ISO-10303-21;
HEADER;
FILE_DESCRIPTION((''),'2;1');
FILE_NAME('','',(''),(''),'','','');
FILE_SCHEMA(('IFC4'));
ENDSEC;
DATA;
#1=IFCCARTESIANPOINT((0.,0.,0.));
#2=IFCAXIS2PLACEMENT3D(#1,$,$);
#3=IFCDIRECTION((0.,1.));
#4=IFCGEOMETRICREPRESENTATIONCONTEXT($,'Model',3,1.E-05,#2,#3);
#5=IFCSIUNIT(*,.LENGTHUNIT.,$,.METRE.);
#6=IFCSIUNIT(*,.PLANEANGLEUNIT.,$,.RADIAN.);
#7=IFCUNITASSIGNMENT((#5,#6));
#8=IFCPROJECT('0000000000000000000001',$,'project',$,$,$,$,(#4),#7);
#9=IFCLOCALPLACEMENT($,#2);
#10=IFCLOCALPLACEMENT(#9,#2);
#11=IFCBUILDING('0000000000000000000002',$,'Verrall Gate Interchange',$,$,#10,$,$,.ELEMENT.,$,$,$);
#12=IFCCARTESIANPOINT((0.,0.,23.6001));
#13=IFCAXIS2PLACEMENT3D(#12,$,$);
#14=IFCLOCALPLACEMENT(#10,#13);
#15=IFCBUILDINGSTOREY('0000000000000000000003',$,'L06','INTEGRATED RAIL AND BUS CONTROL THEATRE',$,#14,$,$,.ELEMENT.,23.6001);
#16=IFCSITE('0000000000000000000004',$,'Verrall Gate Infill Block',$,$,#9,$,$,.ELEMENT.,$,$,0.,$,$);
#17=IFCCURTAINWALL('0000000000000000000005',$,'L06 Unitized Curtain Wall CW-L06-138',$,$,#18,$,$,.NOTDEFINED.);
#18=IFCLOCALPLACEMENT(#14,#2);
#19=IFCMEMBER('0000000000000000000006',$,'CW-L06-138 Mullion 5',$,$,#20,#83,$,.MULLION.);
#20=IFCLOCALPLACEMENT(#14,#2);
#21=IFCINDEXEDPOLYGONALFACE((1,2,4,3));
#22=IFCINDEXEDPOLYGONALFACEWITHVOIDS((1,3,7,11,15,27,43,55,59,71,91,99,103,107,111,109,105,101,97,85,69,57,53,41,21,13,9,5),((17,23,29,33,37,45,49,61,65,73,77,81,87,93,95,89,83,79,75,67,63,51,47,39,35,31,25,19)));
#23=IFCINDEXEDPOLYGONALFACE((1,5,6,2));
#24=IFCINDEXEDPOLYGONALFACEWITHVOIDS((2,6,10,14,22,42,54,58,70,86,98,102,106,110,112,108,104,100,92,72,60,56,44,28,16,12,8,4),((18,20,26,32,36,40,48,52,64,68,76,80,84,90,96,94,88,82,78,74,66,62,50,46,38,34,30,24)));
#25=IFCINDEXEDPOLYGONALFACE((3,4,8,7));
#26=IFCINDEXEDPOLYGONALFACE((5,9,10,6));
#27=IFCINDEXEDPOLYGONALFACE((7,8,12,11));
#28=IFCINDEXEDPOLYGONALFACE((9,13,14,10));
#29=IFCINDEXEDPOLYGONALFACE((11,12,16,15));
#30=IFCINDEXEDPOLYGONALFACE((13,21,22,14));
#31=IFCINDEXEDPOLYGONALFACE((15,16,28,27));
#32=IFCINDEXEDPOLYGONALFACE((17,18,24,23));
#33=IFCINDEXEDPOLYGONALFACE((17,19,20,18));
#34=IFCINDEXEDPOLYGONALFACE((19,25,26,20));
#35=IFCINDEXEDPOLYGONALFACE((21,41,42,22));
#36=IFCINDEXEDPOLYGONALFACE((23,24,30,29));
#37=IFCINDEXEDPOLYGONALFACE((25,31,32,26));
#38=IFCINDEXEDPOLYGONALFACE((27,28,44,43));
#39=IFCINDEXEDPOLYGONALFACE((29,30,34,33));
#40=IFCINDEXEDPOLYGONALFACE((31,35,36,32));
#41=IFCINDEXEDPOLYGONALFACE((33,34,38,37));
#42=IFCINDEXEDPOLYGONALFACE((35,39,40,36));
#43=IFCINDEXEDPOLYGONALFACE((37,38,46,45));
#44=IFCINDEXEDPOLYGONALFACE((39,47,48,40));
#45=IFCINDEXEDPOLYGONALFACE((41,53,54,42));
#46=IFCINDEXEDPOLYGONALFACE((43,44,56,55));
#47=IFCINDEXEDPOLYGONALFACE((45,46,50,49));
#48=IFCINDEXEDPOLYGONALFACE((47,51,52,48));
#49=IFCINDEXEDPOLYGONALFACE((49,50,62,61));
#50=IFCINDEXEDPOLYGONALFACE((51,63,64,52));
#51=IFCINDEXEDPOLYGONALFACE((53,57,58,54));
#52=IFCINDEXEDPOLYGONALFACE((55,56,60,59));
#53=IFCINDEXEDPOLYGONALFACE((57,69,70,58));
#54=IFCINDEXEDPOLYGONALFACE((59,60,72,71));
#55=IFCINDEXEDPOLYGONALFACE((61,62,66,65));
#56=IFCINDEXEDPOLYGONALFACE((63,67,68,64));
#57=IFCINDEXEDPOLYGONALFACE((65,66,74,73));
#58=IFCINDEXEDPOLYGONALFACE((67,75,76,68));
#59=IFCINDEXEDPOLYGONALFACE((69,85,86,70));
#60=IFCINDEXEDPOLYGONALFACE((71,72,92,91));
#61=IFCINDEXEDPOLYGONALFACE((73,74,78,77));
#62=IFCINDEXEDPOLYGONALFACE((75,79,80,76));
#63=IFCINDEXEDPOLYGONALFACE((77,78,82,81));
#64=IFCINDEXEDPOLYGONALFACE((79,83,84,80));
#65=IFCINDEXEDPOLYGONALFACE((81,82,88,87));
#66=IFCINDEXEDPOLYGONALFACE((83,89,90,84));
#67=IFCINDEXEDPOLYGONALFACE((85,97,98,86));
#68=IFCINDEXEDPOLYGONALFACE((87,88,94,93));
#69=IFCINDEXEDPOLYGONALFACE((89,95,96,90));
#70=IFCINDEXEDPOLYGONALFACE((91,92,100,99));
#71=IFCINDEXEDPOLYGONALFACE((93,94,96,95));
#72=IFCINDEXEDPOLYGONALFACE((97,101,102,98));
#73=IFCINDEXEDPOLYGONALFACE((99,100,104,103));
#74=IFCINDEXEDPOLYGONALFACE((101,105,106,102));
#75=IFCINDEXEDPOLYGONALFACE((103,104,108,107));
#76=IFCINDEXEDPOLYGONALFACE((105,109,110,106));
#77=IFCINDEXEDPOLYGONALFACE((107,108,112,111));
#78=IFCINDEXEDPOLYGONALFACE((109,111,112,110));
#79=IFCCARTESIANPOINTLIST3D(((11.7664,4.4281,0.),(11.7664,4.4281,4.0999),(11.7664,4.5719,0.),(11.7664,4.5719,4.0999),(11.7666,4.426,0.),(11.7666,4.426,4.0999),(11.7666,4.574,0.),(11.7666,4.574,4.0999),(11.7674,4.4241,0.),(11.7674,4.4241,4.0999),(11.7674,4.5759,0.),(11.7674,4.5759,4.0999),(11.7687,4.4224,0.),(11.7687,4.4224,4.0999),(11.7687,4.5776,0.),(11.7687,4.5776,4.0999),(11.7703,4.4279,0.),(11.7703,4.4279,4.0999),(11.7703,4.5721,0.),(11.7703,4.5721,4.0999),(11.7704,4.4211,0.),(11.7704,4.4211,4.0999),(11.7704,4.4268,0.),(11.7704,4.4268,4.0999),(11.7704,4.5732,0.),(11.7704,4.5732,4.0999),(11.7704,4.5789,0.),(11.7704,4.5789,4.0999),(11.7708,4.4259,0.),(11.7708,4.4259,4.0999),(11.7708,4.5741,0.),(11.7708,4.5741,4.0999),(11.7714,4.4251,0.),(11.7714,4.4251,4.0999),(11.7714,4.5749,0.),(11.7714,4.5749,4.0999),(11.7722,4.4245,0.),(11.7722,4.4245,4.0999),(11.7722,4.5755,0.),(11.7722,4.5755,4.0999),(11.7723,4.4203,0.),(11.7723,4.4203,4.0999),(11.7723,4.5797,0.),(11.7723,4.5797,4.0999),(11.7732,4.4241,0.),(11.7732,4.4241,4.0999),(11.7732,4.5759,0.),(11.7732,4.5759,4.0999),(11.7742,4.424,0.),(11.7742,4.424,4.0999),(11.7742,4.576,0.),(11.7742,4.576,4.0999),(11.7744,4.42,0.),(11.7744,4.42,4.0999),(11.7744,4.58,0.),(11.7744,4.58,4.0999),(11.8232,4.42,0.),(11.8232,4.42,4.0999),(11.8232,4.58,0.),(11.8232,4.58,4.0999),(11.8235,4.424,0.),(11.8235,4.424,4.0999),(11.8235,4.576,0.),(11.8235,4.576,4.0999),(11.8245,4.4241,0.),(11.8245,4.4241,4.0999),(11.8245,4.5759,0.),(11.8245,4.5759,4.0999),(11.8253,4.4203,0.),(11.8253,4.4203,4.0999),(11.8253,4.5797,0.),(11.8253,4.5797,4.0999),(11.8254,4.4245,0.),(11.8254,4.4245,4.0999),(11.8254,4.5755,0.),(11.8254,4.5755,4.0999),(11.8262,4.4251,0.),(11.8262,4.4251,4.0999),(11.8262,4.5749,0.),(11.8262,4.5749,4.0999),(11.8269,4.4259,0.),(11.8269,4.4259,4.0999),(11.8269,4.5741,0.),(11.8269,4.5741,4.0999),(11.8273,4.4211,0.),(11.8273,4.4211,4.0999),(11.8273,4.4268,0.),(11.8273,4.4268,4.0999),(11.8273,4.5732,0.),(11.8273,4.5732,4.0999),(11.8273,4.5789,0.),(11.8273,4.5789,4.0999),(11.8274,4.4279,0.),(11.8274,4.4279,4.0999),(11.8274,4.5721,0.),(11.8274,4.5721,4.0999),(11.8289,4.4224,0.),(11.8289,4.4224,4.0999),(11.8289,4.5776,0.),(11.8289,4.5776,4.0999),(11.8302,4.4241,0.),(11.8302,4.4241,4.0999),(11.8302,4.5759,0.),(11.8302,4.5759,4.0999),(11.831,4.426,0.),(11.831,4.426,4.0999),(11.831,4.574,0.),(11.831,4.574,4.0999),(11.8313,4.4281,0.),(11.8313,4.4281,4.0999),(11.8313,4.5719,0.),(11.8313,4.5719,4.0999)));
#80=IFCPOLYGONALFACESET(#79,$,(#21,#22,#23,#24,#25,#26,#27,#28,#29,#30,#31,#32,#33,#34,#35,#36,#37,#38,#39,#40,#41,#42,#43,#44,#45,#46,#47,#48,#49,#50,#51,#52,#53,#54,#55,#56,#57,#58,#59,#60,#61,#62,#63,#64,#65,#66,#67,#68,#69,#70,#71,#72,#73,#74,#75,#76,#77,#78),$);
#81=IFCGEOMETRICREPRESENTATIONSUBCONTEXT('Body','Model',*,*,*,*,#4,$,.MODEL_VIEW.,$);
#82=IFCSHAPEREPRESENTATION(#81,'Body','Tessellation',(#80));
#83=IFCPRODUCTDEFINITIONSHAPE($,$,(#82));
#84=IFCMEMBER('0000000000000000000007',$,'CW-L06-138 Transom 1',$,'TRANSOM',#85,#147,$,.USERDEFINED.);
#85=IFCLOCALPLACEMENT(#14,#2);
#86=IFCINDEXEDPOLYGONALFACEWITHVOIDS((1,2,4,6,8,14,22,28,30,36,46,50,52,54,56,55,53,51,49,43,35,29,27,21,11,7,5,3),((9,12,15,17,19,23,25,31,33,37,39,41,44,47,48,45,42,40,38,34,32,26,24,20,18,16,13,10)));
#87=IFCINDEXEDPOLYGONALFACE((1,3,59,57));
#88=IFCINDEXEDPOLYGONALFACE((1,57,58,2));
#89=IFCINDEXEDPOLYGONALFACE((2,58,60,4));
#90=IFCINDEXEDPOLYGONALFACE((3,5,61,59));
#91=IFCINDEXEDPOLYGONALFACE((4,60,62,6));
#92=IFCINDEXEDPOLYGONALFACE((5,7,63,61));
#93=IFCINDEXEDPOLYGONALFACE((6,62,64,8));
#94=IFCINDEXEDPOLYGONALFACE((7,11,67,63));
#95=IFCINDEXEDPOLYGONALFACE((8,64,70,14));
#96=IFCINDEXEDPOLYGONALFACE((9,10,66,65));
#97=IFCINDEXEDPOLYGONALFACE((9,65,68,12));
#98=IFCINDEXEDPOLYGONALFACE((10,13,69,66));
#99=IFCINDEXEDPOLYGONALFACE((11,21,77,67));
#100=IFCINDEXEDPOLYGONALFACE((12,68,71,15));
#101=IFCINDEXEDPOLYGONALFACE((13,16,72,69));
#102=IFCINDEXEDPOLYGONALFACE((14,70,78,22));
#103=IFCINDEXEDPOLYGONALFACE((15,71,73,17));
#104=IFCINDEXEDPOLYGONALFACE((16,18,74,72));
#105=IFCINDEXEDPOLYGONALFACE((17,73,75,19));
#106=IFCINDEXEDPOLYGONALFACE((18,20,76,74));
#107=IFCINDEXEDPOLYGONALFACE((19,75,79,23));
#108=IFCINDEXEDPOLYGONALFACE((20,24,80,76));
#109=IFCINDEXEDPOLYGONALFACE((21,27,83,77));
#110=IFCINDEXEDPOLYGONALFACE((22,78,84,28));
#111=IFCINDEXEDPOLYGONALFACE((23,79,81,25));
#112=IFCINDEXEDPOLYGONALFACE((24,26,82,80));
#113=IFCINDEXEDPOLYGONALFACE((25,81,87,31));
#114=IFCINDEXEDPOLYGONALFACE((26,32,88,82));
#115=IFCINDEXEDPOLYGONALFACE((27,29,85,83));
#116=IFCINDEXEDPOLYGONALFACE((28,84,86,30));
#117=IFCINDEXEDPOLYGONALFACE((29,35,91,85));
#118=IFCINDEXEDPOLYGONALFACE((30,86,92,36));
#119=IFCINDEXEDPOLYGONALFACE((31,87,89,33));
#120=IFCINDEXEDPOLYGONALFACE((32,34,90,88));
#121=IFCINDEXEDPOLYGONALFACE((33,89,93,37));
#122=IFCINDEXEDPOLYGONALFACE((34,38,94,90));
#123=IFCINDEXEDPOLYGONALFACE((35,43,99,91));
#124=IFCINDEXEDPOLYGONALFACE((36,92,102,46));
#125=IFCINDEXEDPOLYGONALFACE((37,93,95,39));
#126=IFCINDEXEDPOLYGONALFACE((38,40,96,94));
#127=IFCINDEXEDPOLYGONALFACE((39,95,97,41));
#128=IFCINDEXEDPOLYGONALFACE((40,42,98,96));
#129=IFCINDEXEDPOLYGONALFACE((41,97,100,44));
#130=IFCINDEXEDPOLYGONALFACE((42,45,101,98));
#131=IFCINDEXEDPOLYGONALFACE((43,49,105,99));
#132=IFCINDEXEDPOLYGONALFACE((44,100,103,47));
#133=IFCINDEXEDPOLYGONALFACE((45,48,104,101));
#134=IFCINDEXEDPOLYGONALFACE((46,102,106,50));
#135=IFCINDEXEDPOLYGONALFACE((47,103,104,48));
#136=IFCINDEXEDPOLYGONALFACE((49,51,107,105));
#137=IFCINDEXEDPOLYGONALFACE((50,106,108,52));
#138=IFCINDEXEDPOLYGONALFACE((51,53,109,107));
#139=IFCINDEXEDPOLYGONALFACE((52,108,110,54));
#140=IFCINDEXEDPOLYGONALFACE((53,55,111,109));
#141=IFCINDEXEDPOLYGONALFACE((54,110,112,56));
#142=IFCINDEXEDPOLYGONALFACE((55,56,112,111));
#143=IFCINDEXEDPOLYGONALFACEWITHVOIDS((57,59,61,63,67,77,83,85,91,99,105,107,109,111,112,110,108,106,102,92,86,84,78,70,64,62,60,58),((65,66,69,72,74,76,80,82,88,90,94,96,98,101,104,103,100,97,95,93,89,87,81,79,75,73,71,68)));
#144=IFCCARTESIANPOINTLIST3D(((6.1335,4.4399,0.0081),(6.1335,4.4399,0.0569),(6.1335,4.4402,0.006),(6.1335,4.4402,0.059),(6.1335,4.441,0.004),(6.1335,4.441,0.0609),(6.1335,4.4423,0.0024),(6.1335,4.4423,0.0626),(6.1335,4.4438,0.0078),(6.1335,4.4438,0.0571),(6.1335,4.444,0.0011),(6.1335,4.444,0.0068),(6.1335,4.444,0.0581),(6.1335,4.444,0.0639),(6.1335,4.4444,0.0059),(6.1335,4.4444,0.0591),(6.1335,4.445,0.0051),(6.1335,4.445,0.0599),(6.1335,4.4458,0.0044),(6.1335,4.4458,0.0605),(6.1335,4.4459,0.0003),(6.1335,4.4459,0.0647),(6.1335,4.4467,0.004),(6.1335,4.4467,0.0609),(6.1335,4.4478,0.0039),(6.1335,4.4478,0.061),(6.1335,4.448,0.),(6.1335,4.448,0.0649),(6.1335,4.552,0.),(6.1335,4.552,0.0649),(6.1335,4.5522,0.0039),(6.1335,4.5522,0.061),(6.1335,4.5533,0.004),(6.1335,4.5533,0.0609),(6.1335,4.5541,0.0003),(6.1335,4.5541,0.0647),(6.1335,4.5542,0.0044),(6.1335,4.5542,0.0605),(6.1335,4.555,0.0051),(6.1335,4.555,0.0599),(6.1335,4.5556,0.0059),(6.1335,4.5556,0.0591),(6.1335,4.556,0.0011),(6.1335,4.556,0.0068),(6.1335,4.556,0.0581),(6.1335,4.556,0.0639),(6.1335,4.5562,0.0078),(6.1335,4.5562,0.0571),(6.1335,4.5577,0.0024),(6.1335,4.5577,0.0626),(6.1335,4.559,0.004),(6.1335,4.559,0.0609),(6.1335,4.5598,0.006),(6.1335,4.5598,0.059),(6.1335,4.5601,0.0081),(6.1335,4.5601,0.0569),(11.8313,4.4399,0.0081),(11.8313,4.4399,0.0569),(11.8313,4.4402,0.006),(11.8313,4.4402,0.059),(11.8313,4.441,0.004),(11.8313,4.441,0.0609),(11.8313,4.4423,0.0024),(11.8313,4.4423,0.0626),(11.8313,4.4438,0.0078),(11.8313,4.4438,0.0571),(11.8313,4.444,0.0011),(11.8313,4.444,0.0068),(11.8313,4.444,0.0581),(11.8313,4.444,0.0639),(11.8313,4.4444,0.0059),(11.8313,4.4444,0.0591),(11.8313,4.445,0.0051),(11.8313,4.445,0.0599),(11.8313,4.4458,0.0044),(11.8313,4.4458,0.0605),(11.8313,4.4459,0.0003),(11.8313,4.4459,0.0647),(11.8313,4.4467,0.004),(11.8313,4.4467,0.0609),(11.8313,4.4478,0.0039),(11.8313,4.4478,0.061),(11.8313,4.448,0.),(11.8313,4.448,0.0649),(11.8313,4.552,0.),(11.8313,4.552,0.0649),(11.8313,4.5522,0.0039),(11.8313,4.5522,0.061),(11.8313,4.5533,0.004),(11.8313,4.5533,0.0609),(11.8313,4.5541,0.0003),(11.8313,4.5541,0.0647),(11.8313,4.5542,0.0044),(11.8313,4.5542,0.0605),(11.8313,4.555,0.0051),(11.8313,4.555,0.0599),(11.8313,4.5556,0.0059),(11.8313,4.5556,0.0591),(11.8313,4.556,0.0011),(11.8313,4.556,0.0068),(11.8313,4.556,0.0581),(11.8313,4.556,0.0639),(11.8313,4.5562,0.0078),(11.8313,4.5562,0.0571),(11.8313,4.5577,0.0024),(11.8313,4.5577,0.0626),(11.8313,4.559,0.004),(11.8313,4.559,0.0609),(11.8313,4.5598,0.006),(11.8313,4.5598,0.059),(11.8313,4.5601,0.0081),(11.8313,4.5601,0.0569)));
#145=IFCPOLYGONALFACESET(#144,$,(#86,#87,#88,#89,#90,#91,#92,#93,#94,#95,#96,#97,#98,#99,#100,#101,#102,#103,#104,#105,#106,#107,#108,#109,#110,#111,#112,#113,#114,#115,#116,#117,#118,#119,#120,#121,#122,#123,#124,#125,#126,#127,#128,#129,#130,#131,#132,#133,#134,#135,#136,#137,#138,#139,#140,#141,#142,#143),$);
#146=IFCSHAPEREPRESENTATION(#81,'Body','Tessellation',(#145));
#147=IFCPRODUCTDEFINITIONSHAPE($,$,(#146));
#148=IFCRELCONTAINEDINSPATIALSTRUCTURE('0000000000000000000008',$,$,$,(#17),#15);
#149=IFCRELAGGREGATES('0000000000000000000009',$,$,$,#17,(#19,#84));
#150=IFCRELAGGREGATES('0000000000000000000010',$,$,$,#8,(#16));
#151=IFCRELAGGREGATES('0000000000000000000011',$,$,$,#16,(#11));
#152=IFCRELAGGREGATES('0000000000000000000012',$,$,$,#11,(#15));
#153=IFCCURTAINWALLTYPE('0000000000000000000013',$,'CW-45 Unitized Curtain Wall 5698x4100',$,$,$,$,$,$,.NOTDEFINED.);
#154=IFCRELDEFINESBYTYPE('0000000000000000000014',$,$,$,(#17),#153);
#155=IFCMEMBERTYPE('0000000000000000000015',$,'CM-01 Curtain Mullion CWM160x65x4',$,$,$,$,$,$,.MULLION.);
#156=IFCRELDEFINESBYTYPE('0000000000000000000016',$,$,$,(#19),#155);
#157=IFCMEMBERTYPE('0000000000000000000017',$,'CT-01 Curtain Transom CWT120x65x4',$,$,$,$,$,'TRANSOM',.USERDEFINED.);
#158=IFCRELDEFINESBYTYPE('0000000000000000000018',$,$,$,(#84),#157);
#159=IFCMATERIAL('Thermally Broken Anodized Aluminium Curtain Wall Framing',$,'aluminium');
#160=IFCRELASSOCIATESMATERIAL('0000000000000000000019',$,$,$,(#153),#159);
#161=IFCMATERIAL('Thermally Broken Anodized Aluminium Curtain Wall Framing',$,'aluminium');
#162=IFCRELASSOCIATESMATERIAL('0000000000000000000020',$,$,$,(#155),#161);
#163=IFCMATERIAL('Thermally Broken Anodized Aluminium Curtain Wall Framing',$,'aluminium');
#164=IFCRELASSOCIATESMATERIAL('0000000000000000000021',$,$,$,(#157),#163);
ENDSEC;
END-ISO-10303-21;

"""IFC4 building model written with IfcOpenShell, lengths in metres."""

from ifc_helpers import new_model, si_unit, direction, frame, origin, origin_2d, place, context, subcontext, project, spatial, hollow_rectangle, extrude, material, material_profile, profile_set, type_object, element, aggregate, save


model = new_model("IFC4")

# Units and contexts
model_context = context("Model", 3, precision=1e-05, world=origin(), true_north=direction((0.0, 1.0)))
body_context = subcontext(model_context, "Body", "Model", "MODEL_VIEW")
ifc_project = project(units=[si_unit("LENGTHUNIT", "METRE"), si_unit("PLANEANGLEUNIT", "RADIAN")], contexts=[model_context])

# Site, building, storey
site_placement = place(None, origin())
site = spatial("IfcSite", under=ifc_project, at=site_placement, Name="Verrall Gate Infill Block", CompositionType="ELEMENT", RefElevation=0.0)
building_placement = place(site_placement, origin())
building = spatial("IfcBuilding", under=site, at=building_placement, Name="Verrall Gate Interchange", CompositionType="ELEMENT")
storey_placement = place(building_placement, frame((0.0, 0.0, 23.6001)))
storey = spatial("IfcBuildingStorey", under=building, at=storey_placement, Name="L06", Description="INTEGRATED RAIL AND BUS CONTROL THEATRE", CompositionType="ELEMENT", Elevation=23.6001)

# Curtain wall, members
ifc_material_1 = material(Name="Thermally Broken Anodized Aluminium Curtain Wall Framing", Category="aluminium")
curtain_wall_type = type_object("IfcCurtainWallType", Name="CW-45 Unitized Curtain Wall 5698x4100", PredefinedType="NOTDEFINED", material=ifc_material_1)
curtain_wall_placement = place(storey_placement, origin())
curtain_wall = element("IfcCurtainWall", 1, at=curtain_wall_placement, inside=storey, type_object=curtain_wall_type, Name="L06 Unitized Curtain Wall CW-L06-138", PredefinedType="NOTDEFINED")
ifc_material_2 = material(Name="Thermally Broken Anodized Aluminium Curtain Wall Framing", Category="aluminium")
ifc_material_profile_1 = material_profile(ifc_material_2, hollow_rectangle(XDim=0.0649, YDim=0.1599, WallThickness=0.0039, InnerFilletRadius=0.0039, OuterFilletRadius=0.0081, at=origin_2d()), Name="CWM160x65x4")
ifc_profile_set_1 = profile_set([ifc_material_profile_1], Name="Thermally Broken Anodized Aluminium Curtain Wall Framing")
member_type_1 = type_object("IfcMemberType", Name="CM-01 Curtain Mullion CWM160x65x4", PredefinedType="MULLION", material=ifc_profile_set_1)
member_1_placement = place(storey_placement, frame((11.7988, 4.5, 0.0), z_axis=(0.0, 0.0, 1.0), x_axis=(1.0, 0.0, 0.0)))
member_1 = element("IfcMember", 2, at=member_1_placement, type_object=member_type_1, Name="CW-L06-138 Mullion 5", PredefinedType="MULLION", context=body_context, shape_type="SweptSolid", body=[
    extrude(hollow_rectangle(XDim=0.0649, YDim=0.1599, WallThickness=0.0039, InnerFilletRadius=0.0039, OuterFilletRadius=0.0081, at=origin_2d()), origin(), (0.0, 0.0, 1.0), 4.0999),
])
ifc_material_3 = material(Name="Thermally Broken Anodized Aluminium Curtain Wall Framing", Category="aluminium")
ifc_material_profile_2 = material_profile(ifc_material_3, hollow_rectangle(XDim=0.1201, YDim=0.0649, WallThickness=0.0039, InnerFilletRadius=0.0039, OuterFilletRadius=0.0081, at=origin_2d()), Name="CWT120x65x4")
ifc_profile_set_2 = profile_set([ifc_material_profile_2], Name="Thermally Broken Anodized Aluminium Curtain Wall Framing")
member_type_2 = type_object("IfcMemberType", Name="CT-01 Curtain Transom CWT120x65x4", ElementType="TRANSOM", PredefinedType="USERDEFINED", material=ifc_profile_set_2)
member_2_placement = place(storey_placement, frame((6.1335, 4.5, 0.0325), z_axis=(1.0, 0.0, 0.0), x_axis=(0.0, 1.0, 0.0)))
member_2 = element("IfcMember", 3, at=member_2_placement, type_object=member_type_2, Name="CW-L06-138 Transom 1", ObjectType="TRANSOM", PredefinedType="USERDEFINED", context=body_context, shape_type="SweptSolid", body=[
    extrude(hollow_rectangle(XDim=0.1201, YDim=0.0649, WallThickness=0.0039, InnerFilletRadius=0.0039, OuterFilletRadius=0.0081, at=origin_2d()), origin(), (0.0, 0.0, 1.0), 5.6978),
])

aggregate(curtain_wall, [member_1, member_2])

save(model, "model.ifc")
